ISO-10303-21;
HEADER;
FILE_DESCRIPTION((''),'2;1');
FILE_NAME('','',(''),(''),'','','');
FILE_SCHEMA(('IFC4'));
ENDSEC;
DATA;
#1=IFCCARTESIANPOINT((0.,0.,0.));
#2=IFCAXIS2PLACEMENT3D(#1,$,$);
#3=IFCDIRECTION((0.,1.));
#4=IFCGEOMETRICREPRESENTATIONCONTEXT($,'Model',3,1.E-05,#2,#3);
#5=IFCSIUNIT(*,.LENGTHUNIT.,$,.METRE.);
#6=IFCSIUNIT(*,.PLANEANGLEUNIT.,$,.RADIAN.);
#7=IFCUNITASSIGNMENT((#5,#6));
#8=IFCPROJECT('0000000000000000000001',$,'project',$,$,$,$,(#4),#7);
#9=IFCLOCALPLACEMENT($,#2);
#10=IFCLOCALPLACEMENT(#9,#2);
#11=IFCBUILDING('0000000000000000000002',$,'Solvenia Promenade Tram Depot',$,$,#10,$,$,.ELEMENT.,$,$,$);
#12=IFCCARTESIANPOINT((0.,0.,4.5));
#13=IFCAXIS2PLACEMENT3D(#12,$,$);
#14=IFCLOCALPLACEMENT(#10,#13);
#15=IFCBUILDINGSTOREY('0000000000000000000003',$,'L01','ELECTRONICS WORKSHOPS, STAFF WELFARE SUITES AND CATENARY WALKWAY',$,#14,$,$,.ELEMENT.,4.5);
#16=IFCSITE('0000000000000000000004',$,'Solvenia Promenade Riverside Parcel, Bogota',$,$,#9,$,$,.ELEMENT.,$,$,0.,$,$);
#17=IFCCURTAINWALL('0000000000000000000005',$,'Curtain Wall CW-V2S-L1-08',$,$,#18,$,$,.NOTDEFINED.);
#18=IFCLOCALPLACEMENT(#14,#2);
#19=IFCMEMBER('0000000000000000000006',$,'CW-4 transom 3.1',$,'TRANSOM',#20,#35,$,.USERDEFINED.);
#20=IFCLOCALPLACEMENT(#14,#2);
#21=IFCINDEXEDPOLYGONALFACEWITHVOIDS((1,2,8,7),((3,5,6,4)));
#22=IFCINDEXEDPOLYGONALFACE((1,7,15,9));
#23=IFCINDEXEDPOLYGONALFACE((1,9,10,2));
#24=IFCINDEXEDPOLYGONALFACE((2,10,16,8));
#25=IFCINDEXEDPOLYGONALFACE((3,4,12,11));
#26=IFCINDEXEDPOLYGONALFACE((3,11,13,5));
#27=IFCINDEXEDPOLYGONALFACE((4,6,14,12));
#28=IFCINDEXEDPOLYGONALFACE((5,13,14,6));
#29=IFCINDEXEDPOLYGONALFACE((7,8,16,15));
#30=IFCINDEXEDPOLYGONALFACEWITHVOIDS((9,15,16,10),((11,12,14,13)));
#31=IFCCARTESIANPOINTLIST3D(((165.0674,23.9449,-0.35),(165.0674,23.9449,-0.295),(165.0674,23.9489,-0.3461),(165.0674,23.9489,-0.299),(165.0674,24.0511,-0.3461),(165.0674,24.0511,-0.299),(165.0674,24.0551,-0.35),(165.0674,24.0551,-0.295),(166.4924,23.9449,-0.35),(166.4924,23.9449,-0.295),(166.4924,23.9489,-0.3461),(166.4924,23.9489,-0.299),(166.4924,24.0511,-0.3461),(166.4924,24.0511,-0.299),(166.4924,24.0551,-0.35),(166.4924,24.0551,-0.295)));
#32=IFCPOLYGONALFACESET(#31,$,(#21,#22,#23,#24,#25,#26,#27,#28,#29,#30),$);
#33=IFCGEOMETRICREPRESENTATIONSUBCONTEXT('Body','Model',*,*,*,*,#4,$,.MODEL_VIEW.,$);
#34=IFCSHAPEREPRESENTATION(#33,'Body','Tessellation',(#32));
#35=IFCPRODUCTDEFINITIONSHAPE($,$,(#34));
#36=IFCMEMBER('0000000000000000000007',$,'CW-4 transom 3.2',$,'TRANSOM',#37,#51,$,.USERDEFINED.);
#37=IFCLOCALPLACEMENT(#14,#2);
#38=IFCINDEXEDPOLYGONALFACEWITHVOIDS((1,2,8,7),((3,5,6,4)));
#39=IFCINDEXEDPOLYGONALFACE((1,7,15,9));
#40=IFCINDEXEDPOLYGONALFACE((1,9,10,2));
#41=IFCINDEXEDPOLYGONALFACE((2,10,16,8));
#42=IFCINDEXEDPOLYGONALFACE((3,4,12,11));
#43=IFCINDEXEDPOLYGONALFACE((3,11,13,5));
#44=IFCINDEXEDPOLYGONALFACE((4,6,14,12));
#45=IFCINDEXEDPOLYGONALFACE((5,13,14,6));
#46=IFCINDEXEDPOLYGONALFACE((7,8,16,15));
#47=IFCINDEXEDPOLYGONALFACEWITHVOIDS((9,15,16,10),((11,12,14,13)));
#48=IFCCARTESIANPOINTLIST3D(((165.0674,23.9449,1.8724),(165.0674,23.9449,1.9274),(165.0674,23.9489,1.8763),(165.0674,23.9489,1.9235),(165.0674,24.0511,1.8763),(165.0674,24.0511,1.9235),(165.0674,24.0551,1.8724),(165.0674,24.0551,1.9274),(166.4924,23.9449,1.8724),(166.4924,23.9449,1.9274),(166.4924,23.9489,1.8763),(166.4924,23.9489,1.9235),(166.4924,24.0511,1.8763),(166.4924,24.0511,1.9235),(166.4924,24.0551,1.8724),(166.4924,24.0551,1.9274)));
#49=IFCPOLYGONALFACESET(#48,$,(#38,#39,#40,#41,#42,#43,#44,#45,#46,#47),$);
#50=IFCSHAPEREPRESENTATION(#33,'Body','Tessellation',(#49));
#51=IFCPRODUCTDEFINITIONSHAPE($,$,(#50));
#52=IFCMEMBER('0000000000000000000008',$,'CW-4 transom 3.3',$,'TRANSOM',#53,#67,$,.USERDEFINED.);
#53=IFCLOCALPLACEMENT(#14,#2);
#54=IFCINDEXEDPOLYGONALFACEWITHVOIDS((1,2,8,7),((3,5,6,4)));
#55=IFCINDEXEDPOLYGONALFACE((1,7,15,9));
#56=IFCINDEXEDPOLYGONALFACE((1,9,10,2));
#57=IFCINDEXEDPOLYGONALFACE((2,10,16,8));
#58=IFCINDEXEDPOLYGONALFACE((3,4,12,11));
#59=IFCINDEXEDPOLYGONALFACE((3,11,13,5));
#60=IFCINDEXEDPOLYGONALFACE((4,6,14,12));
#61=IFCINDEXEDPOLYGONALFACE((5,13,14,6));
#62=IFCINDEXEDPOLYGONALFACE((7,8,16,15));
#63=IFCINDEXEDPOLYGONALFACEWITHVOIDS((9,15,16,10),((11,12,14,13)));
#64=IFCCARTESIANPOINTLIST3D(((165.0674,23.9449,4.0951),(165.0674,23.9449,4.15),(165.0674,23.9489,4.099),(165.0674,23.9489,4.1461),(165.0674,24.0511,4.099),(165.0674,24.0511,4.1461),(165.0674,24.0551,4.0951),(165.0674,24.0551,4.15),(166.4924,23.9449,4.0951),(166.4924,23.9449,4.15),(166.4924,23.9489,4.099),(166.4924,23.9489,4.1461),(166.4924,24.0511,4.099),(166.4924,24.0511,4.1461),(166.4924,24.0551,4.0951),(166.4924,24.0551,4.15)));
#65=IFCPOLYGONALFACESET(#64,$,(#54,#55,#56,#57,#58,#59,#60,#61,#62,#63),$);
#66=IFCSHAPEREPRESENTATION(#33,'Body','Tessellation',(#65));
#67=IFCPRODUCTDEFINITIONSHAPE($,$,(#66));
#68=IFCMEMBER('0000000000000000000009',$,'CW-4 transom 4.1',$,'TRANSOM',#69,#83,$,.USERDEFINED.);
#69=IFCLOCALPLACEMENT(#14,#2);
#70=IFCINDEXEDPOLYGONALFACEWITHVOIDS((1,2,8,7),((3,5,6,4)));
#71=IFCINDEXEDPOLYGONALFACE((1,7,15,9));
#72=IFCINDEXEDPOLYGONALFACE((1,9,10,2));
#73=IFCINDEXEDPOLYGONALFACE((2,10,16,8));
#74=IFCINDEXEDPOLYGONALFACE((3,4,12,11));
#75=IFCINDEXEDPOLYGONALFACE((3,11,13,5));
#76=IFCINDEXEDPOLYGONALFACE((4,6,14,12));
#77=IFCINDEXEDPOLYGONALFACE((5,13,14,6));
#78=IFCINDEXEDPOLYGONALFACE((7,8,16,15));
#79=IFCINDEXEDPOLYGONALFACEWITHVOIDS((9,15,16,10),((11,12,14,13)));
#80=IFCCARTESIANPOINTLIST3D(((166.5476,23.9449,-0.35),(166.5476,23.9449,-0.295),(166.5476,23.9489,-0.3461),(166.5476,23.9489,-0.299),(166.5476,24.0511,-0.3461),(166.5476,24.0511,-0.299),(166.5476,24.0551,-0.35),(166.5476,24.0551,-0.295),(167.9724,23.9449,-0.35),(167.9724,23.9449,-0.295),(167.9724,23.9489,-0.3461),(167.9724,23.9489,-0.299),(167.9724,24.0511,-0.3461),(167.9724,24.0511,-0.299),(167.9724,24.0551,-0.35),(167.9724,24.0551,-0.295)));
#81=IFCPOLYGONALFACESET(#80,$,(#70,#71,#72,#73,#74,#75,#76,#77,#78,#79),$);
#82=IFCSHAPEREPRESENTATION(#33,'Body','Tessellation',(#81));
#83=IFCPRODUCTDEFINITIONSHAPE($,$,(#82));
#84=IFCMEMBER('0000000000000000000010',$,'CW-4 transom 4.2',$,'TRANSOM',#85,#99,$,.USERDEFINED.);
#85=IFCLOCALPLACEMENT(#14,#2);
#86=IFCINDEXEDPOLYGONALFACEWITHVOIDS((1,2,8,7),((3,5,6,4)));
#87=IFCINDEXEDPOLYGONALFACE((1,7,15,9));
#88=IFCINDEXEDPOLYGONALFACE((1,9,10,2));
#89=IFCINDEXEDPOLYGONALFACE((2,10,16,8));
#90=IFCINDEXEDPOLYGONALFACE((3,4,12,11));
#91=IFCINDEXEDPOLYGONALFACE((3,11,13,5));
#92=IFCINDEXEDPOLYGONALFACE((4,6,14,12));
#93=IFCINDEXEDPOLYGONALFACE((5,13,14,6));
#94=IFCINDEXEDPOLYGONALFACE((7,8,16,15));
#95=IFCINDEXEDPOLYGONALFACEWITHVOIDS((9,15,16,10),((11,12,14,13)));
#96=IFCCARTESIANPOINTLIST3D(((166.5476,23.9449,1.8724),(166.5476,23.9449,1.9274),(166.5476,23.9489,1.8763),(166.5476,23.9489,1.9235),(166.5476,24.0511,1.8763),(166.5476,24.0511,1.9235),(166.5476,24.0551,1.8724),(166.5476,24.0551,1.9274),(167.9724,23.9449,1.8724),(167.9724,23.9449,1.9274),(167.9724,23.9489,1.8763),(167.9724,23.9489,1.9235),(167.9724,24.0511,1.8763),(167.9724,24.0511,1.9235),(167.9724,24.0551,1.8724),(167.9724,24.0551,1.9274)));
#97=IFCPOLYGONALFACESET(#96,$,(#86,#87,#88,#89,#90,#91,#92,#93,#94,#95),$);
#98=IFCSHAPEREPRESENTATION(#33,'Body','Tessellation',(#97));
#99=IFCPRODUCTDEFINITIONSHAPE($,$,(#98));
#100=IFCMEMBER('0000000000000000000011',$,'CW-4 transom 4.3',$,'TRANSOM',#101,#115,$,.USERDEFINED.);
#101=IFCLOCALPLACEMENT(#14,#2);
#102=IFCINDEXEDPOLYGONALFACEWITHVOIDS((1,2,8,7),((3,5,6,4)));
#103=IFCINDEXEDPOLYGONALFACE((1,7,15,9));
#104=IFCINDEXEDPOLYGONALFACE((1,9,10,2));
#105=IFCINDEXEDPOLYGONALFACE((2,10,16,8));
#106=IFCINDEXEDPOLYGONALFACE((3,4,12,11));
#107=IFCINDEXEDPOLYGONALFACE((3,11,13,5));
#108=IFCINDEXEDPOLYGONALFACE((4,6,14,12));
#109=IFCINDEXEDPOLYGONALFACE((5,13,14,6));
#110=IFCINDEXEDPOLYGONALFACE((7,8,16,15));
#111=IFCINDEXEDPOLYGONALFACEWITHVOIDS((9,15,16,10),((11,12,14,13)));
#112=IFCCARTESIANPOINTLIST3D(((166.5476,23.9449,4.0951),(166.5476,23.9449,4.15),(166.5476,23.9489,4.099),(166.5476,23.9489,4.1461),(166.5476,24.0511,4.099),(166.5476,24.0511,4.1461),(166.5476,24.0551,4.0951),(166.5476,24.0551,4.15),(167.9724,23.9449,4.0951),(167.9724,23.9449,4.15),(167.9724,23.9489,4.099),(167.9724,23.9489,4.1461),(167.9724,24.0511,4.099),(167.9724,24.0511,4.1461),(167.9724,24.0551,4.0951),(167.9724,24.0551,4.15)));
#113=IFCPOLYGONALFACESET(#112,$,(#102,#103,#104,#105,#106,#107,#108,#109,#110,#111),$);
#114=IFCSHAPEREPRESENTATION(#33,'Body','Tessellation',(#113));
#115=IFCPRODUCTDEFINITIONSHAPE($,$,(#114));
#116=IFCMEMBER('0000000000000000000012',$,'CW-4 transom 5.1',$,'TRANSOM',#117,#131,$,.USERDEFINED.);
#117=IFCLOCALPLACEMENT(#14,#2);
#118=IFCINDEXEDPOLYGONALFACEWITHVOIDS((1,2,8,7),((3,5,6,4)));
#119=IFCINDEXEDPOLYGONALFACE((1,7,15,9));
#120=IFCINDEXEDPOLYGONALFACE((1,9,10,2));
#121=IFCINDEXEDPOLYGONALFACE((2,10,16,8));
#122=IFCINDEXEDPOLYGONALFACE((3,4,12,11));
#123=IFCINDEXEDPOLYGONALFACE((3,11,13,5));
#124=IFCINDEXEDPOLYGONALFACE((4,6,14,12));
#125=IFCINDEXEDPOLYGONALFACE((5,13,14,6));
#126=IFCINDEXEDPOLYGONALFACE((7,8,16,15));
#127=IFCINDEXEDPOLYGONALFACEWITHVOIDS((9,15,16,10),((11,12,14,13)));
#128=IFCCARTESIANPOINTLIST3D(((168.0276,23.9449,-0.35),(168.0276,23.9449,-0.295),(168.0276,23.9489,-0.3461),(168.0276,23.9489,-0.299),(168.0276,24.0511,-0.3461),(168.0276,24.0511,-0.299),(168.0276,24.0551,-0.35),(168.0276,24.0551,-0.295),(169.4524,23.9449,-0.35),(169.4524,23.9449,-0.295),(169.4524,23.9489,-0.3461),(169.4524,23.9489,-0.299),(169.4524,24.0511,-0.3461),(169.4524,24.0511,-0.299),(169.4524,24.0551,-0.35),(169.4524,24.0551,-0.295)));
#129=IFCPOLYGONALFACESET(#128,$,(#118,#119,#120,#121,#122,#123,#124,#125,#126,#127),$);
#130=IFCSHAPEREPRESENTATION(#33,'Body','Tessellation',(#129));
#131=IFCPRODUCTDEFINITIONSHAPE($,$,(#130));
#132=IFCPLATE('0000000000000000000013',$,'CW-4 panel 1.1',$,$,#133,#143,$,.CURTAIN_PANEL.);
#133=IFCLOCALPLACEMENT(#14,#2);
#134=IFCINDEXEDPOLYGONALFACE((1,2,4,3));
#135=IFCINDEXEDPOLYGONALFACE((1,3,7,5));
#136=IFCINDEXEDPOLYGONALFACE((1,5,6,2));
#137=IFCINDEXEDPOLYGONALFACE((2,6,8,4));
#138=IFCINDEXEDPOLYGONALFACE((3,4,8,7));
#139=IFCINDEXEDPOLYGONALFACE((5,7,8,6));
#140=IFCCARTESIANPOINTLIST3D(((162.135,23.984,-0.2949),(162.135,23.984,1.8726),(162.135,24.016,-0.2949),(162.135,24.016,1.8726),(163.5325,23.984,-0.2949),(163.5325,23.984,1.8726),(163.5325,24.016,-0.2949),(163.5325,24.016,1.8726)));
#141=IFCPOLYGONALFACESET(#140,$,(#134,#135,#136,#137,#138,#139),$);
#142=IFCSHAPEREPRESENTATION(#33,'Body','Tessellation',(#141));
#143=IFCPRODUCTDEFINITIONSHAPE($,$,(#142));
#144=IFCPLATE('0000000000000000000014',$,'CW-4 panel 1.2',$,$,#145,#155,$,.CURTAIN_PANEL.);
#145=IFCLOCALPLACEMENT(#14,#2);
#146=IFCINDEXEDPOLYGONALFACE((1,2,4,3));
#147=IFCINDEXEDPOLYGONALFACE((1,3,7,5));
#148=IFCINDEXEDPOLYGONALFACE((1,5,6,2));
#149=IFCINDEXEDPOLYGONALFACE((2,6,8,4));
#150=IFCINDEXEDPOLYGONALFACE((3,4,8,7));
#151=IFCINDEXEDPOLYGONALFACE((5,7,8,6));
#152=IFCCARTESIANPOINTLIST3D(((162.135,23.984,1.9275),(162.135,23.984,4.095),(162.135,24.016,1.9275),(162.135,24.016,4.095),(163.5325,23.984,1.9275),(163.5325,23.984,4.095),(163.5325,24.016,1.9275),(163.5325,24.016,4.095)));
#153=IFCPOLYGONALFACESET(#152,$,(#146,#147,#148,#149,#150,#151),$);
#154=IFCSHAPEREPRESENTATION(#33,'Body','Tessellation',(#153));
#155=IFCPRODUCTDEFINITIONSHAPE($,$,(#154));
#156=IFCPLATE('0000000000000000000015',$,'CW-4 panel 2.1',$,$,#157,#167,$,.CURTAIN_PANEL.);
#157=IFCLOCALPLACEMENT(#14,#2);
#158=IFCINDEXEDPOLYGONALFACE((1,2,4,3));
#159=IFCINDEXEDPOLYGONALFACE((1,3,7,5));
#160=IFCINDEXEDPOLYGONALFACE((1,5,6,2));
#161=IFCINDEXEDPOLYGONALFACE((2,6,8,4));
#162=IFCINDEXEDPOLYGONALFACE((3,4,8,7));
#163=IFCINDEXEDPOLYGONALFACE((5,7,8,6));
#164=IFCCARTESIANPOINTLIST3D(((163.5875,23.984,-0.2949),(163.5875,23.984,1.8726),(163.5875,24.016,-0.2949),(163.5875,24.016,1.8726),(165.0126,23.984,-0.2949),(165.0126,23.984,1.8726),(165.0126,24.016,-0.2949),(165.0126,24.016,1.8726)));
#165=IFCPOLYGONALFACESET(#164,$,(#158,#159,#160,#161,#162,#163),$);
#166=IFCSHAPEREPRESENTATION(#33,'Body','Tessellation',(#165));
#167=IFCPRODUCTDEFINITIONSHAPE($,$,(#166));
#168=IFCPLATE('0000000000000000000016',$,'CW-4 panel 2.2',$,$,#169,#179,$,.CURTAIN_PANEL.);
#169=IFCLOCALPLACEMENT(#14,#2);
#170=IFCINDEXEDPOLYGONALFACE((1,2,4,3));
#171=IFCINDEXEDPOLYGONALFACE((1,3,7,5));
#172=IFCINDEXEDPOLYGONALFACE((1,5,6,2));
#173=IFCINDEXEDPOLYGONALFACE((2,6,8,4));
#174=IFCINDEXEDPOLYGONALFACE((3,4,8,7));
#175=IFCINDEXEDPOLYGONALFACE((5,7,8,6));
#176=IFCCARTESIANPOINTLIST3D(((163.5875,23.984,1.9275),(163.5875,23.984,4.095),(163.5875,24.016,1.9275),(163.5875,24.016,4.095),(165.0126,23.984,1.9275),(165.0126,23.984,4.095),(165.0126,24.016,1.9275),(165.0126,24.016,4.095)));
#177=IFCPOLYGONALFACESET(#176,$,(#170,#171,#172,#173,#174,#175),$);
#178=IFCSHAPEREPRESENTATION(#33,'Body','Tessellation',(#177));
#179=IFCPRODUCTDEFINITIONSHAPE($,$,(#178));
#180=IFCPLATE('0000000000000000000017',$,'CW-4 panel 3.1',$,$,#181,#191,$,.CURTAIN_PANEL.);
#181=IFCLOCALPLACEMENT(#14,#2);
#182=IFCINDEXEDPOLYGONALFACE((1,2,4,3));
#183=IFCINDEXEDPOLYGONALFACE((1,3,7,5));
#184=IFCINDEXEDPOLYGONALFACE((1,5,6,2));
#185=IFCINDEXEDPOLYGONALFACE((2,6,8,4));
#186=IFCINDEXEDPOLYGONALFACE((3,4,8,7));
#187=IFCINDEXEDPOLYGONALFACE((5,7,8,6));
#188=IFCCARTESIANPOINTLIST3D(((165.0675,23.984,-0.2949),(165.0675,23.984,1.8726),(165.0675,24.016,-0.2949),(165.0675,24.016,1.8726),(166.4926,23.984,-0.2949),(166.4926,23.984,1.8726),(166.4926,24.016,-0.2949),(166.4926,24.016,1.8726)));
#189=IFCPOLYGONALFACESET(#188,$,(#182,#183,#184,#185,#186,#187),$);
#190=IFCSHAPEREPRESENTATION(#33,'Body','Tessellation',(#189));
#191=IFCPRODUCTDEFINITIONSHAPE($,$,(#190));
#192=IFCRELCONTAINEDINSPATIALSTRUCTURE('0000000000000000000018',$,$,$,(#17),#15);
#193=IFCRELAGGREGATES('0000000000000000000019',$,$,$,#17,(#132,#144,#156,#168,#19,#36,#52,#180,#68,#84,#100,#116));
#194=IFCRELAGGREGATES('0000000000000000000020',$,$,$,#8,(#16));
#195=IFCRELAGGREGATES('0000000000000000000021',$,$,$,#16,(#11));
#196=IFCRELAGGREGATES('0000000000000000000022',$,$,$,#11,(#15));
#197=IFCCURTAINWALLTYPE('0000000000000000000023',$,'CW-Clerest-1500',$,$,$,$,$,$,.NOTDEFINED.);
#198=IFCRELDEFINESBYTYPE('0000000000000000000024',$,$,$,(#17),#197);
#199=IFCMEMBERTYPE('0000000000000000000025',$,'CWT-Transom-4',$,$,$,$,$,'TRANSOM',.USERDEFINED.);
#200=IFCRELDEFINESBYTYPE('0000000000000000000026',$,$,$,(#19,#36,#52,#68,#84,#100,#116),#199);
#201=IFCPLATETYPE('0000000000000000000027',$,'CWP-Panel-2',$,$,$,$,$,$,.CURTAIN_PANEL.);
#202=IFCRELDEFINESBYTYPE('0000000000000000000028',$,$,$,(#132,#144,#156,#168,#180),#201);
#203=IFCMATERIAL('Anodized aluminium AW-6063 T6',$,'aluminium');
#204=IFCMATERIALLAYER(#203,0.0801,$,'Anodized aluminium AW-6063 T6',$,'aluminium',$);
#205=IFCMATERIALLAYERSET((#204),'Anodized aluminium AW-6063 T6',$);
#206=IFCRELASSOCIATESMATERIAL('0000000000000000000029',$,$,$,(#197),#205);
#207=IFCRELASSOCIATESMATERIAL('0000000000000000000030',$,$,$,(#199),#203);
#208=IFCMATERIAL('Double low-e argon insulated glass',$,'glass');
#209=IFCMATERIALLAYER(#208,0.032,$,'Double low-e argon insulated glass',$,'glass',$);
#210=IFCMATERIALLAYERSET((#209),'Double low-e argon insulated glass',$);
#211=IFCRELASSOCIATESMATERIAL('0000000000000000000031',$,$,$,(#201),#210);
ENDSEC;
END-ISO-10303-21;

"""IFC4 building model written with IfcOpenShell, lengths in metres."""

from ifc_helpers import new_model, si_unit, direction, frame, origin, origin_2d, place, context, subcontext, project, spatial, rectangle, hollow_rectangle, extrude, material, layer, layer_set, material_profile, profile_set, type_object, element, aggregate, save


model = new_model("IFC4")

# Units and contexts
model_context = context("Model", 3, precision=1e-05, world=origin(), true_north=direction((0.0, 1.0)))
body_context = subcontext(model_context, "Body", "Model", "MODEL_VIEW")
ifc_project = project(units=[si_unit("LENGTHUNIT", "METRE"), si_unit("PLANEANGLEUNIT", "RADIAN")], contexts=[model_context])

# Site, building, storey
site_placement = place(None, origin())
site = spatial("IfcSite", under=ifc_project, at=site_placement, Name="Solvenia Promenade Riverside Parcel, Bogota", CompositionType="ELEMENT", RefElevation=0.0)
building_placement = place(site_placement, origin())
building = spatial("IfcBuilding", under=site, at=building_placement, Name="Solvenia Promenade Tram Depot", CompositionType="ELEMENT")
storey_placement = place(building_placement, frame((0.0, 0.0, 4.5)))
storey = spatial("IfcBuildingStorey", under=building, at=storey_placement, Name="L01", Description="ELECTRONICS WORKSHOPS, STAFF WELFARE SUITES AND CATENARY WALKWAY", CompositionType="ELEMENT", Elevation=4.5)

# Curtain wall, members, plates
ifc_material_1 = material(Name="Anodized aluminium AW-6063 T6", Category="aluminium")
ifc_layer_1 = layer(ifc_material_1, 0.0801, Name="Anodized aluminium AW-6063 T6", Category="aluminium")
ifc_layer_set_1 = layer_set([ifc_layer_1], Name="Anodized aluminium AW-6063 T6")
curtain_wall_type = type_object("IfcCurtainWallType", Name="CW-Clerest-1500", PredefinedType="NOTDEFINED", material=ifc_layer_set_1)
curtain_wall_placement = place(storey_placement, origin())
curtain_wall = element("IfcCurtainWall", 1, at=curtain_wall_placement, inside=storey, type_object=curtain_wall_type, Name="Curtain Wall CW-V2S-L1-08", PredefinedType="NOTDEFINED")
ifc_material_profile_1 = material_profile(ifc_material_1, hollow_rectangle(XDim=0.1101, YDim=0.0549, WallThickness=0.0039, at=origin_2d()), Name="ALU-T4", Category="aluminium")
ifc_profile_set_1 = profile_set([ifc_material_profile_1], Name="Anodized aluminium AW-6063 T6")
member_type_1 = type_object("IfcMemberType", Name="CWT-Transom-4", ElementType="TRANSOM", PredefinedType="USERDEFINED", material=ifc_profile_set_1)
member_1_placement = place(storey_placement, frame((165.0674, 24.0, -0.3225), z_axis=(1.0, 0.0, 0.0), x_axis=(0.0, 1.0, 0.0)))
member_1 = element("IfcMember", 2, at=member_1_placement, type_object=member_type_1, Name="CW-4 transom 3.1", ObjectType="TRANSOM", PredefinedType="USERDEFINED", context=body_context, shape_type="SweptSolid", body=[
    extrude(hollow_rectangle(XDim=0.1101, YDim=0.0549, WallThickness=0.0039, at=origin_2d()), origin(), (0.0, 0.0, 1.0), 1.425),
])
member_2_placement = place(storey_placement, frame((165.0674, 24.0, 1.8999), z_axis=(1.0, 0.0, 0.0), x_axis=(0.0, 1.0, 0.0)))
member_2 = element("IfcMember", 3, at=member_2_placement, type_object=member_type_1, Name="CW-4 transom 3.2", ObjectType="TRANSOM", PredefinedType="USERDEFINED", context=body_context, shape_type="SweptSolid", body=[
    extrude(hollow_rectangle(XDim=0.1101, YDim=0.0549, WallThickness=0.0039, at=origin_2d()), origin(), (0.0, 0.0, 1.0), 1.425),
])
member_3_placement = place(storey_placement, frame((165.0674, 24.0, 4.1226), z_axis=(1.0, 0.0, 0.0), x_axis=(0.0, 1.0, 0.0)))
member_3 = element("IfcMember", 4, at=member_3_placement, type_object=member_type_1, Name="CW-4 transom 3.3", ObjectType="TRANSOM", PredefinedType="USERDEFINED", context=body_context, shape_type="SweptSolid", body=[
    extrude(hollow_rectangle(XDim=0.1101, YDim=0.0549, WallThickness=0.0039, at=origin_2d()), origin(), (0.0, 0.0, 1.0), 1.425),
])
member_4_placement = place(storey_placement, frame((166.5476, 24.0, -0.3225), z_axis=(1.0, 0.0, 0.0), x_axis=(0.0, 1.0, 0.0)))
member_4 = element("IfcMember", 5, at=member_4_placement, type_object=member_type_1, Name="CW-4 transom 4.1", ObjectType="TRANSOM", PredefinedType="USERDEFINED", context=body_context, shape_type="SweptSolid", body=[
    extrude(hollow_rectangle(XDim=0.1101, YDim=0.0549, WallThickness=0.0039, at=origin_2d()), origin(), (0.0, 0.0, 1.0), 1.4248),
])
member_5_placement = place(storey_placement, frame((166.5476, 24.0, 1.8999), z_axis=(1.0, 0.0, 0.0), x_axis=(0.0, 1.0, 0.0)))
member_5 = element("IfcMember", 6, at=member_5_placement, type_object=member_type_1, Name="CW-4 transom 4.2", ObjectType="TRANSOM", PredefinedType="USERDEFINED", context=body_context, shape_type="SweptSolid", body=[
    extrude(hollow_rectangle(XDim=0.1101, YDim=0.0549, WallThickness=0.0039, at=origin_2d()), origin(), (0.0, 0.0, 1.0), 1.4248),
])
member_6_placement = place(storey_placement, frame((166.5476, 24.0, 4.1226), z_axis=(1.0, 0.0, 0.0), x_axis=(0.0, 1.0, 0.0)))
member_6 = element("IfcMember", 7, at=member_6_placement, type_object=member_type_1, Name="CW-4 transom 4.3", ObjectType="TRANSOM", PredefinedType="USERDEFINED", context=body_context, shape_type="SweptSolid", body=[
    extrude(hollow_rectangle(XDim=0.1101, YDim=0.0549, WallThickness=0.0039, at=origin_2d()), origin(), (0.0, 0.0, 1.0), 1.4248),
])
member_7_placement = place(storey_placement, frame((168.0276, 24.0, -0.3225), z_axis=(1.0, 0.0, 0.0), x_axis=(0.0, 1.0, 0.0)))
member_7 = element("IfcMember", 8, at=member_7_placement, type_object=member_type_1, Name="CW-4 transom 5.1", ObjectType="TRANSOM", PredefinedType="USERDEFINED", context=body_context, shape_type="SweptSolid", body=[
    extrude(hollow_rectangle(XDim=0.1101, YDim=0.0549, WallThickness=0.0039, at=origin_2d()), origin(), (0.0, 0.0, 1.0), 1.4248),
])
ifc_material_2 = material(Name="Double low-e argon insulated glass", Category="glass")
ifc_layer_2 = layer(ifc_material_2, 0.032, Name="Double low-e argon insulated glass", Category="glass")
ifc_layer_set_2 = layer_set([ifc_layer_2], Name="Double low-e argon insulated glass")
plate_type = type_object("IfcPlateType", Name="CWP-Panel-2", PredefinedType="CURTAIN_PANEL", material=ifc_layer_set_2)
plate_1_placement = place(storey_placement, frame((162.8337, 24.0, -0.2949), z_axis=(0.0, 0.0, 1.0), x_axis=(1.0, 0.0, 0.0)))
plate_1 = element("IfcPlate", 9, at=plate_1_placement, type_object=plate_type, Name="CW-4 panel 1.1", PredefinedType="CURTAIN_PANEL", context=body_context, shape_type="SweptSolid", body=[
    extrude(rectangle(XDim=1.3975, YDim=0.032, at=origin_2d()), origin(), (0.0, 0.0, 1.0), 2.1675),
])
plate_2_placement = place(storey_placement, frame((162.8337, 24.0, 1.9275), z_axis=(0.0, 0.0, 1.0), x_axis=(1.0, 0.0, 0.0)))
plate_2 = element("IfcPlate", 10, at=plate_2_placement, type_object=plate_type, Name="CW-4 panel 1.2", PredefinedType="CURTAIN_PANEL", context=body_context, shape_type="SweptSolid", body=[
    extrude(rectangle(XDim=1.3975, YDim=0.032, at=origin_2d()), origin(), (0.0, 0.0, 1.0), 2.1675),
])
plate_3_placement = place(storey_placement, frame((164.3, 24.0, -0.2949), z_axis=(0.0, 0.0, 1.0), x_axis=(1.0, 0.0, 0.0)))
plate_3 = element("IfcPlate", 11, at=plate_3_placement, type_object=plate_type, Name="CW-4 panel 2.1", PredefinedType="CURTAIN_PANEL", context=body_context, shape_type="SweptSolid", body=[
    extrude(rectangle(XDim=1.425, YDim=0.032, at=origin_2d()), origin(), (0.0, 0.0, 1.0), 2.1675),
])
plate_4_placement = place(storey_placement, frame((164.3, 24.0, 1.9275), z_axis=(0.0, 0.0, 1.0), x_axis=(1.0, 0.0, 0.0)))
plate_4 = element("IfcPlate", 12, at=plate_4_placement, type_object=plate_type, Name="CW-4 panel 2.2", PredefinedType="CURTAIN_PANEL", context=body_context, shape_type="SweptSolid", body=[
    extrude(rectangle(XDim=1.425, YDim=0.032, at=origin_2d()), origin(), (0.0, 0.0, 1.0), 2.1675),
])
plate_5_placement = place(storey_placement, frame((165.78, 24.0, -0.2949), z_axis=(0.0, 0.0, 1.0), x_axis=(1.0, 0.0, 0.0)))
plate_5 = element("IfcPlate", 13, at=plate_5_placement, type_object=plate_type, Name="CW-4 panel 3.1", PredefinedType="CURTAIN_PANEL", context=body_context, shape_type="SweptSolid", body=[
    extrude(rectangle(XDim=1.425, YDim=0.032, at=origin_2d()), origin(), (0.0, 0.0, 1.0), 2.1675),
])
aggregate(curtain_wall, [plate_1, plate_2, plate_3, plate_4, member_1, member_2, member_3, plate_5, member_4, member_5, member_6, member_7])

save(model, "model.ifc")
